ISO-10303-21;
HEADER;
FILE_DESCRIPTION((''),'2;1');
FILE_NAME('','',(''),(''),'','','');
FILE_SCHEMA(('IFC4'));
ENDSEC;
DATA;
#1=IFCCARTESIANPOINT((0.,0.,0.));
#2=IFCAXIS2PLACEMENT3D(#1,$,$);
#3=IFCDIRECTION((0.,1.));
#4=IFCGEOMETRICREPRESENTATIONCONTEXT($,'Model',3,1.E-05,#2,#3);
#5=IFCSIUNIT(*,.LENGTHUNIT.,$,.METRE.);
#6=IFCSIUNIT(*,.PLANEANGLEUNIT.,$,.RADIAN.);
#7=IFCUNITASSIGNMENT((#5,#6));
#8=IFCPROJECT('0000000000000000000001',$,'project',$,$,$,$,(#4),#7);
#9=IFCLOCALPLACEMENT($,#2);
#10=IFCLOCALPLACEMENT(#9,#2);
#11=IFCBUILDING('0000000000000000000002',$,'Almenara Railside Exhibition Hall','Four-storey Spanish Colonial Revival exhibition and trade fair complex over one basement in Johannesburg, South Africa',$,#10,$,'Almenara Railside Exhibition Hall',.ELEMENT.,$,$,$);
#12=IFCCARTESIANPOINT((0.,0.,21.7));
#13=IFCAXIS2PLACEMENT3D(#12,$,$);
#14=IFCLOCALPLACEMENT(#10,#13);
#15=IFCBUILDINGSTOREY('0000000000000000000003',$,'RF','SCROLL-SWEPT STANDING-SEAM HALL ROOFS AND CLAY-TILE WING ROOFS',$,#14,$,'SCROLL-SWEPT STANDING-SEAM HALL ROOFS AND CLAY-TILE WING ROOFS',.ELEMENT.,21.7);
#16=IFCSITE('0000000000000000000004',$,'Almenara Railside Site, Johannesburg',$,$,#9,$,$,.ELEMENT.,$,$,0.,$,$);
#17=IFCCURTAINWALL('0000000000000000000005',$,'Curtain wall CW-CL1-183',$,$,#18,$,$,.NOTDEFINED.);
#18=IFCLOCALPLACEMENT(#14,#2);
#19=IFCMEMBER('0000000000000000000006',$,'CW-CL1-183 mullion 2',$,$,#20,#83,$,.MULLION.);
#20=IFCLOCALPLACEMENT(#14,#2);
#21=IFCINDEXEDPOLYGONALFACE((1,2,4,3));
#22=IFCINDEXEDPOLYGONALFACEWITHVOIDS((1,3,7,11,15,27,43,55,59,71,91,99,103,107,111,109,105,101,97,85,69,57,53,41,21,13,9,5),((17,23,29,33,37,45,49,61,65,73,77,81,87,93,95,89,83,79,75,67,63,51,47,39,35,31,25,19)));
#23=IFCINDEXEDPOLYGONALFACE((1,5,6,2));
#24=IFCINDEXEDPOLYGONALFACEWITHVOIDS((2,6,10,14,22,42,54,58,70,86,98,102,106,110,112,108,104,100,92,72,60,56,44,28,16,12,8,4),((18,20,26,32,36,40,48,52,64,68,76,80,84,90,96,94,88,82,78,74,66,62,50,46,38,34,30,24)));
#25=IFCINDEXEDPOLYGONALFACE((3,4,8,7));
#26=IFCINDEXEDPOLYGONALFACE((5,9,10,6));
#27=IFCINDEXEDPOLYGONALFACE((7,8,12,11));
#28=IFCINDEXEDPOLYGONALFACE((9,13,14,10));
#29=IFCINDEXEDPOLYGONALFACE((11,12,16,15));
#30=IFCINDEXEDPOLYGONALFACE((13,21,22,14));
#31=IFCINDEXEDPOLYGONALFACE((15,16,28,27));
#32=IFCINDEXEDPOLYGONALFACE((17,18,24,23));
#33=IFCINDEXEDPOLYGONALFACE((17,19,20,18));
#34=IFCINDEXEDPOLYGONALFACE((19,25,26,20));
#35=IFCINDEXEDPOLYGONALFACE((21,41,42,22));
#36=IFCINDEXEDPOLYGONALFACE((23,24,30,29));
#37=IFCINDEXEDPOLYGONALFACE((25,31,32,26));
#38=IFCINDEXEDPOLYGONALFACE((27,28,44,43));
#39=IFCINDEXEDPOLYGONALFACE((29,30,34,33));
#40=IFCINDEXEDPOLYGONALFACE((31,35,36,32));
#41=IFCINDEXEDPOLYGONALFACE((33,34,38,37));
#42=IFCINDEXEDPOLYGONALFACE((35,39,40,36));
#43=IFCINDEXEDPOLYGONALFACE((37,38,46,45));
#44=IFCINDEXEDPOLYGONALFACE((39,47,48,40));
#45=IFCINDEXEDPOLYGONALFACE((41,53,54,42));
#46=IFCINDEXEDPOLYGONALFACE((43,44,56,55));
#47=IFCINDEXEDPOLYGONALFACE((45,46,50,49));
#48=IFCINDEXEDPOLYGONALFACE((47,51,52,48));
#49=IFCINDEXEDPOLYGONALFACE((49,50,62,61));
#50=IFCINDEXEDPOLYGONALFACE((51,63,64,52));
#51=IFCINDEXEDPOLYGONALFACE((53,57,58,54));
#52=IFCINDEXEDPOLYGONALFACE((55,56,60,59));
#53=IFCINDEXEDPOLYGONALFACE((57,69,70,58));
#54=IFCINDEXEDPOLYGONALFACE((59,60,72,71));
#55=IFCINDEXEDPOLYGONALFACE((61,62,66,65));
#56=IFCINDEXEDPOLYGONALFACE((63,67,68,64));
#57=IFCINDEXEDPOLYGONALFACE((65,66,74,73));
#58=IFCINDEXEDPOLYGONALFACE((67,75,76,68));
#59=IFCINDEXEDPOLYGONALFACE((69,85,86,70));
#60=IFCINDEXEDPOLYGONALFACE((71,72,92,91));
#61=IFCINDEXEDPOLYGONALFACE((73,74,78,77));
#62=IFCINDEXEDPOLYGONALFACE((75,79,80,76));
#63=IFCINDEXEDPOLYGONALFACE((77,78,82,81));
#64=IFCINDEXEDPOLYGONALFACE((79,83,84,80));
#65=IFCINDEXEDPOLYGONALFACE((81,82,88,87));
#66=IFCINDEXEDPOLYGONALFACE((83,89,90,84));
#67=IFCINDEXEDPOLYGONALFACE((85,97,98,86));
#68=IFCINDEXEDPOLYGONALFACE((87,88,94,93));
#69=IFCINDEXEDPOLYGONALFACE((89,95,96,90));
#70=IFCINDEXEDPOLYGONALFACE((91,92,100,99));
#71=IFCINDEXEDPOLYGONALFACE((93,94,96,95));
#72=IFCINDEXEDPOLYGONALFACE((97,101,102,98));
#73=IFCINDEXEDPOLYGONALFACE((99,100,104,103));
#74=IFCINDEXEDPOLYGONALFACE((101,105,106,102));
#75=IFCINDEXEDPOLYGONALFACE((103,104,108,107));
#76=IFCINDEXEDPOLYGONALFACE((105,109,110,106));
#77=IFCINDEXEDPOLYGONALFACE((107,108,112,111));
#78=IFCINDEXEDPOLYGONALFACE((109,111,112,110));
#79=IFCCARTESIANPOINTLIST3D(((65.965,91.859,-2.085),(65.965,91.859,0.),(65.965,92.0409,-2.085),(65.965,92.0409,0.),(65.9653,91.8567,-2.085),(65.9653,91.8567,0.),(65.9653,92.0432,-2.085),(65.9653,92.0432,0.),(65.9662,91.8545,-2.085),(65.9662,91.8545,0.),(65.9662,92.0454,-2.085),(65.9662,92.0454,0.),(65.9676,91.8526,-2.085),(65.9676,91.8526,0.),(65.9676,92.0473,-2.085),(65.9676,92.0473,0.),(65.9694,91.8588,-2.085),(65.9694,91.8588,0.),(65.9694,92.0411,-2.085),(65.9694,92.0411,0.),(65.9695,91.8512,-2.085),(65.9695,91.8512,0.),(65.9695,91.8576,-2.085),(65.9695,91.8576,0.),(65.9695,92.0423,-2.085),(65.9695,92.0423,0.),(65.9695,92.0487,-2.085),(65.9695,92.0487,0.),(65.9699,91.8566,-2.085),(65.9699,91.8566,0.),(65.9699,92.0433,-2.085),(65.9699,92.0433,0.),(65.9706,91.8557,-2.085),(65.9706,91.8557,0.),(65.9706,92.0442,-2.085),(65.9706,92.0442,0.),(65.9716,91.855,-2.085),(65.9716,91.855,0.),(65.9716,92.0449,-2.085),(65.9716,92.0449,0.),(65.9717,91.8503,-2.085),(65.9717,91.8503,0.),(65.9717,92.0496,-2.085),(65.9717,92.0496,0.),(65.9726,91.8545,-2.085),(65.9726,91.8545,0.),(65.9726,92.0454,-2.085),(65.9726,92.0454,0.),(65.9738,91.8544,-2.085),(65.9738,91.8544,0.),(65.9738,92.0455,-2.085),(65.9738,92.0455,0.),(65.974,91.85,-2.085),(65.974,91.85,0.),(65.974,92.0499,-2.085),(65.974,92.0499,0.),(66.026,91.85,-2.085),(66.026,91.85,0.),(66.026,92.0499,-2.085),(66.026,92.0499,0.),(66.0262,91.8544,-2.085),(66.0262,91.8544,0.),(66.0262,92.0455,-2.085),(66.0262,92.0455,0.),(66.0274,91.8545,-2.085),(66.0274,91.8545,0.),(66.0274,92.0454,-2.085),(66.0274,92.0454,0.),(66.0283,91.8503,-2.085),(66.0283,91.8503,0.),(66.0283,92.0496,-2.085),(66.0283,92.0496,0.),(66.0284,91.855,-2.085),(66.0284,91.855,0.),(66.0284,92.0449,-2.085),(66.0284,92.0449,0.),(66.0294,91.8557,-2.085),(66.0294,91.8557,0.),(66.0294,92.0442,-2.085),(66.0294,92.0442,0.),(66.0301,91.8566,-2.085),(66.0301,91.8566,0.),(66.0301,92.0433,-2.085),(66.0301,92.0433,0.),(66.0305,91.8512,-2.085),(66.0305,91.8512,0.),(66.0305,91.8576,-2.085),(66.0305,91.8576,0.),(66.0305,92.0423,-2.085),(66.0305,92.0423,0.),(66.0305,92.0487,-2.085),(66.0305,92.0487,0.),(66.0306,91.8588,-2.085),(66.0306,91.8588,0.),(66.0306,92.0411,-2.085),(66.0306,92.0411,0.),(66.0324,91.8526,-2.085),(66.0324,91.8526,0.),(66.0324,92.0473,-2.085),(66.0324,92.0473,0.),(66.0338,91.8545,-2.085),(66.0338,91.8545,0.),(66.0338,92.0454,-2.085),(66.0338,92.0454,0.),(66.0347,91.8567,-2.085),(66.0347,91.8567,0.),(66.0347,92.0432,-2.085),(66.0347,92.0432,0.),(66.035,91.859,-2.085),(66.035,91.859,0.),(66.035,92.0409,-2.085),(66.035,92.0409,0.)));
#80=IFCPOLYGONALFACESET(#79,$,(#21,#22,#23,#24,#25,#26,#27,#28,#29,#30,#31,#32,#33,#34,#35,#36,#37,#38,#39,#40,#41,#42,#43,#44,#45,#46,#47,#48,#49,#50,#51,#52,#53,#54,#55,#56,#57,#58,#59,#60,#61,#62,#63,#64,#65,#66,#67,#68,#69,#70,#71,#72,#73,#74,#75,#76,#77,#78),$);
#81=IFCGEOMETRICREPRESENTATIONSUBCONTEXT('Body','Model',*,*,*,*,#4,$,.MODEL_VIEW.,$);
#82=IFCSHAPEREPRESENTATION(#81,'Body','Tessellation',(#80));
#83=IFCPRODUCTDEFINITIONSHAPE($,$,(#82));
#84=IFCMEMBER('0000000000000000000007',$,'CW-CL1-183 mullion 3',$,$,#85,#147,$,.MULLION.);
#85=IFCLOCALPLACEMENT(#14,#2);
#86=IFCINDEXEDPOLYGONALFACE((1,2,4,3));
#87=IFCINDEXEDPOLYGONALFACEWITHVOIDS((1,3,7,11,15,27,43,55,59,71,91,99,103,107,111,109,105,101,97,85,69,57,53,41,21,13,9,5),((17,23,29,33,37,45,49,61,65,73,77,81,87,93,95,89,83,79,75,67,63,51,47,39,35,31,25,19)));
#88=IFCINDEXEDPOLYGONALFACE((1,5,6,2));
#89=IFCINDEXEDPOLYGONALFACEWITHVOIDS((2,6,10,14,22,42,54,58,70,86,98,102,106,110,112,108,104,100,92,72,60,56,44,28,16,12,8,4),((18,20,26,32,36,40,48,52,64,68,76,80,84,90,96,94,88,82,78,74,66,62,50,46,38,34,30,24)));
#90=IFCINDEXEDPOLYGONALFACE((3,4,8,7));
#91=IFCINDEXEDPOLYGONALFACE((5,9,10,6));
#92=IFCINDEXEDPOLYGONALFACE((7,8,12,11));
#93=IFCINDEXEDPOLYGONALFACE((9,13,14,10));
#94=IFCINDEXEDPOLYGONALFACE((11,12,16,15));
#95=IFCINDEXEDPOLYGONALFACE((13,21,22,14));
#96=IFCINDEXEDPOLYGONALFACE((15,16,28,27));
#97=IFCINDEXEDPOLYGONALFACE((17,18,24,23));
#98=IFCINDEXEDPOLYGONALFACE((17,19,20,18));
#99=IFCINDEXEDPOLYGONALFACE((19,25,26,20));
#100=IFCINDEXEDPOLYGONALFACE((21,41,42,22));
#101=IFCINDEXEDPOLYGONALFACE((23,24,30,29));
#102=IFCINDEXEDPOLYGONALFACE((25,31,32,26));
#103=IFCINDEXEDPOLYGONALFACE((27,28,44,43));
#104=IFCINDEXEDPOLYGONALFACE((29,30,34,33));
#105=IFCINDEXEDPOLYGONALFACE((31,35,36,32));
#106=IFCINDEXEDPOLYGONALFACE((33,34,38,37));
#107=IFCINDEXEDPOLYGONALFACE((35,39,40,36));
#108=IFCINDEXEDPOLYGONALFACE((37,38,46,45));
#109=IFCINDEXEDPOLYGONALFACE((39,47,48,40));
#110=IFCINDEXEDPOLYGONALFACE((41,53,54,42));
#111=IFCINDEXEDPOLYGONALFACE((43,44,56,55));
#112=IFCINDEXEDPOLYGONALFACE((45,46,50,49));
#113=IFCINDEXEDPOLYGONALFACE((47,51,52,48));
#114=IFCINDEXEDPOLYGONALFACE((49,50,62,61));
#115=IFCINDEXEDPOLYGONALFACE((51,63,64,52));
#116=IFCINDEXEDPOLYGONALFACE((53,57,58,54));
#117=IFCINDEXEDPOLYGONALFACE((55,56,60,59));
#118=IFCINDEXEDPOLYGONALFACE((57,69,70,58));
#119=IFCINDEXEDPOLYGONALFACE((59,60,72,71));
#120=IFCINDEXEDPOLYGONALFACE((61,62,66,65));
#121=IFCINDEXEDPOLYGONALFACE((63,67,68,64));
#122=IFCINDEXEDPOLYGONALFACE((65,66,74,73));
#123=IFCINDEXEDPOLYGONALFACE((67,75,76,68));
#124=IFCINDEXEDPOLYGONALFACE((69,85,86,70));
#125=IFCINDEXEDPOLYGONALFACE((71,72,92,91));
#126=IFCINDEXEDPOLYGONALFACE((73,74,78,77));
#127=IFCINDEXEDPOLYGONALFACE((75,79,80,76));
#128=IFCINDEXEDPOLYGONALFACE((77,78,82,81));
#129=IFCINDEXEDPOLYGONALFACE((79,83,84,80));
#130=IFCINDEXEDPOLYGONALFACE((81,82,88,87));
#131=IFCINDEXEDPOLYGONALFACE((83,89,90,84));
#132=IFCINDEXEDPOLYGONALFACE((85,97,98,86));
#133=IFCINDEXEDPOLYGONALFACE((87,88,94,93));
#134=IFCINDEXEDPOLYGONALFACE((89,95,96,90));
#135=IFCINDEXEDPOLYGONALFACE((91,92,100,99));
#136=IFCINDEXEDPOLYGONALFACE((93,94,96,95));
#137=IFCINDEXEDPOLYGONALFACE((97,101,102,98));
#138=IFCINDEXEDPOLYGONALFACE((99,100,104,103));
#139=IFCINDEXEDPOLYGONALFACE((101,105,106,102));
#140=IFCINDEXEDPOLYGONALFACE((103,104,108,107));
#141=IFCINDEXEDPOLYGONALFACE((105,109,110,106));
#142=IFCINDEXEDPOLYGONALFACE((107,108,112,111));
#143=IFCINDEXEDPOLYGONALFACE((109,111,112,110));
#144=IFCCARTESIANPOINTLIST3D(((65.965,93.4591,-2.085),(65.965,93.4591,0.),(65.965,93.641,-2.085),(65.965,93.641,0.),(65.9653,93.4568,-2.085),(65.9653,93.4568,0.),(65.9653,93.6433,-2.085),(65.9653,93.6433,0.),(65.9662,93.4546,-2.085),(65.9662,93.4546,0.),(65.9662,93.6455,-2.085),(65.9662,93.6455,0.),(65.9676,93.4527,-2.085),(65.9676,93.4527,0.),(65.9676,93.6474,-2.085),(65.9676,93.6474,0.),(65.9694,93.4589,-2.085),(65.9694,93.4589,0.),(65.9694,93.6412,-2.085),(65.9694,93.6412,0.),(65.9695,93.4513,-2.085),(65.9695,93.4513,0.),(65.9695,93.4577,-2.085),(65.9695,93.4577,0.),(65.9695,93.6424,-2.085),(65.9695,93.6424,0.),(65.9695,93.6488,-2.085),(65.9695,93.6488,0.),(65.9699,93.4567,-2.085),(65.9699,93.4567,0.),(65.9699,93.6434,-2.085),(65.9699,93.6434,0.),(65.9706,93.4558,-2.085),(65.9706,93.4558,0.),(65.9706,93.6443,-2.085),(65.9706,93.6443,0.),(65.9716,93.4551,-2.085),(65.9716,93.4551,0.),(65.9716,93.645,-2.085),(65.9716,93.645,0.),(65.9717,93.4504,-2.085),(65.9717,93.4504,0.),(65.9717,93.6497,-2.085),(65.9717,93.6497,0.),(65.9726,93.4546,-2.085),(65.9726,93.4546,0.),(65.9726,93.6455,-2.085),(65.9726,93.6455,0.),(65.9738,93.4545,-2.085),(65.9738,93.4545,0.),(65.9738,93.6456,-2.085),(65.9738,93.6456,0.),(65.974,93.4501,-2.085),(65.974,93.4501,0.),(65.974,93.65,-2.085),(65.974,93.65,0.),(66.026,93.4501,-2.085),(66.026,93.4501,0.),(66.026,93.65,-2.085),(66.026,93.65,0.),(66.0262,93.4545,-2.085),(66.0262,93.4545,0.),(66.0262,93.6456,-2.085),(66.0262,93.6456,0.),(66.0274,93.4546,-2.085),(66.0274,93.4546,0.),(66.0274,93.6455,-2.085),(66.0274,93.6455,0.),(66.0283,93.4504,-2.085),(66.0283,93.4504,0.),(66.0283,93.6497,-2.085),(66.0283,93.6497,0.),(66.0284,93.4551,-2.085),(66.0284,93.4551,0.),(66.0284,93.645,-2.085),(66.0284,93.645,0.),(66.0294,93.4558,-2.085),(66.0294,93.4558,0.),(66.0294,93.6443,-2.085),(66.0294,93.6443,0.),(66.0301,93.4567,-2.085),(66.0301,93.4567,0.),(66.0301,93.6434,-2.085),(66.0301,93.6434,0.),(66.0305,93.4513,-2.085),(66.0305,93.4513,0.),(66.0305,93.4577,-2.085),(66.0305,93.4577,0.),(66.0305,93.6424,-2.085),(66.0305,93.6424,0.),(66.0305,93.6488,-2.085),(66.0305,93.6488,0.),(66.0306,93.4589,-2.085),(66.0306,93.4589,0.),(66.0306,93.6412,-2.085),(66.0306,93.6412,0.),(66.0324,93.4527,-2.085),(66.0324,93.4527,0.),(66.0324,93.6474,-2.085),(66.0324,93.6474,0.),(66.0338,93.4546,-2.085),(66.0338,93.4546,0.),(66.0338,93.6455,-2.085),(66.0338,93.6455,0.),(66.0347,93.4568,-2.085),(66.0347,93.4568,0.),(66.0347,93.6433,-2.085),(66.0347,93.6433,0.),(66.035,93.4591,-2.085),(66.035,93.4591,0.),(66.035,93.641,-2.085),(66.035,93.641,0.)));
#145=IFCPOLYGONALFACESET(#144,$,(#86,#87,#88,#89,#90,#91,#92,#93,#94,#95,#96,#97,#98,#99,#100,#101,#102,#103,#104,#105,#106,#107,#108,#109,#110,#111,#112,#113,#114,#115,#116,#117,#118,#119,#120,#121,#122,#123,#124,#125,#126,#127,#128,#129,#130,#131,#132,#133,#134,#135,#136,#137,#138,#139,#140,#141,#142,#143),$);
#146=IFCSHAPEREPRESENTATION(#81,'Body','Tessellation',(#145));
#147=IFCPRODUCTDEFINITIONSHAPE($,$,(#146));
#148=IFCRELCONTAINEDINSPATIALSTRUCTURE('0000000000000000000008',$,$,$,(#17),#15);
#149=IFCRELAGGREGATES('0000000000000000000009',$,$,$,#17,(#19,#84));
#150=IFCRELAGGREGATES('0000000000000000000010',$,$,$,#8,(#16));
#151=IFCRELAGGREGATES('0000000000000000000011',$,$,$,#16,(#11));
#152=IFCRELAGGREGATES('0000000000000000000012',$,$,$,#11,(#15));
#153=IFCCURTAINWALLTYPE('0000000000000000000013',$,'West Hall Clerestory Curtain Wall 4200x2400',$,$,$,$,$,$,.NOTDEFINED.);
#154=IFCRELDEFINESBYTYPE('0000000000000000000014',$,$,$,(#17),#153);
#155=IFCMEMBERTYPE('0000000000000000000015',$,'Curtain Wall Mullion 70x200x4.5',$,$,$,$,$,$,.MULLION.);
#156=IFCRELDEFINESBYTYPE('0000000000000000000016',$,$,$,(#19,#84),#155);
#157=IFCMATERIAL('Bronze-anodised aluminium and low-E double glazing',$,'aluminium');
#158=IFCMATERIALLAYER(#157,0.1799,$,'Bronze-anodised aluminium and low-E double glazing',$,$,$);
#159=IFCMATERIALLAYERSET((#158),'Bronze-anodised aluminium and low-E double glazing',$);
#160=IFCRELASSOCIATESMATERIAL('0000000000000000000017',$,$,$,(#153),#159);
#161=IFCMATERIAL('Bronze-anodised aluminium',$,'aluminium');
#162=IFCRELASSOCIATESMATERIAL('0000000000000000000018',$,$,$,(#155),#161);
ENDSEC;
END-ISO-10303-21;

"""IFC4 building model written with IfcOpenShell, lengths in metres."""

from ifc_helpers import new_model, si_unit, direction, frame, origin, origin_2d, place, context, subcontext, project, spatial, hollow_rectangle, extrude, material, layer, layer_set, material_profile, profile_set, type_object, element, aggregate, save


model = new_model("IFC4")

# Units and contexts
model_context = context("Model", 3, precision=1e-05, world=origin(), true_north=direction((0.0, 1.0)))
body_context = subcontext(model_context, "Body", "Model", "MODEL_VIEW")
ifc_project = project(units=[si_unit("LENGTHUNIT", "METRE"), si_unit("PLANEANGLEUNIT", "RADIAN")], contexts=[model_context])

# Site, building, storey
site_placement = place(None, origin())
site = spatial("IfcSite", under=ifc_project, at=site_placement, Name="Almenara Railside Site, Johannesburg", CompositionType="ELEMENT", RefElevation=0.0)
building_placement = place(site_placement, origin())
building = spatial("IfcBuilding", under=site, at=building_placement, Name="Almenara Railside Exhibition Hall", Description="Four-storey Spanish Colonial Revival exhibition and trade fair complex over one basement in Johannesburg, South Africa", LongName="Almenara Railside Exhibition Hall", CompositionType="ELEMENT")
storey_placement = place(building_placement, frame((0.0, 0.0, 21.7)))
storey = spatial("IfcBuildingStorey", under=building, at=storey_placement, Name="RF", Description="SCROLL-SWEPT STANDING-SEAM HALL ROOFS AND CLAY-TILE WING ROOFS", LongName="SCROLL-SWEPT STANDING-SEAM HALL ROOFS AND CLAY-TILE WING ROOFS", CompositionType="ELEMENT", Elevation=21.7)

# Curtain wall, members
ifc_material_1 = material(Name="Bronze-anodised aluminium and low-E double glazing", Category="aluminium")
ifc_layer_1 = layer(ifc_material_1, 0.1799, Name="Bronze-anodised aluminium and low-E double glazing")
ifc_layer_set_1 = layer_set([ifc_layer_1], Name="Bronze-anodised aluminium and low-E double glazing")
curtain_wall_type = type_object("IfcCurtainWallType", Name="West Hall Clerestory Curtain Wall 4200x2400", PredefinedType="NOTDEFINED", material=ifc_layer_set_1)
ifc_material_2 = material(Name="Bronze-anodised aluminium", Category="aluminium")
curtain_wall_1_placement = place(storey_placement, origin())
curtain_wall_1 = element("IfcCurtainWall", 1, at=curtain_wall_1_placement, inside=storey, type_object=curtain_wall_type, Name="Curtain wall CW-CL1-183", PredefinedType="NOTDEFINED")
ifc_material_profile_1 = material_profile(ifc_material_2, hollow_rectangle(XDim=0.0701, YDim=0.2, WallThickness=0.0044, InnerFilletRadius=0.0044, OuterFilletRadius=0.009, at=origin_2d()), Name="ALU-MUL 70x200x4.5")
ifc_profile_set_1 = profile_set([ifc_material_profile_1], Name="Bronze-anodised aluminium")
member_type_1 = type_object("IfcMemberType", Name="Curtain Wall Mullion 70x200x4.5", PredefinedType="MULLION", material=ifc_profile_set_1)
member_1_placement = place(storey_placement, frame((66.0, 91.95, -2.085), z_axis=(0.0, 0.0, 1.0), x_axis=(-1.0, 0.0, 0.0)))
member_1 = element("IfcMember", 2, at=member_1_placement, type_object=member_type_1, Name="CW-CL1-183 mullion 2", PredefinedType="MULLION", context=body_context, shape_type="SweptSolid", body=[
    extrude(hollow_rectangle(XDim=0.0701, YDim=0.2, WallThickness=0.0044, InnerFilletRadius=0.0044, OuterFilletRadius=0.009, at=origin_2d()), origin(), (0.0, 0.0, 1.0), 2.085),
])
member_2_placement = place(storey_placement, frame((66.0, 93.55, -2.085), z_axis=(0.0, 0.0, 1.0), x_axis=(-1.0, 0.0, 0.0)))
member_2 = element("IfcMember", 3, at=member_2_placement, type_object=member_type_1, Name="CW-CL1-183 mullion 3", PredefinedType="MULLION", context=body_context, shape_type="SweptSolid", body=[
    extrude(hollow_rectangle(XDim=0.0701, YDim=0.2, WallThickness=0.0044, InnerFilletRadius=0.0044, OuterFilletRadius=0.009, at=origin_2d()), origin(), (0.0, 0.0, 1.0), 2.085),
])

aggregate(curtain_wall_1, [member_1, member_2])

save(model, "model.ifc")
